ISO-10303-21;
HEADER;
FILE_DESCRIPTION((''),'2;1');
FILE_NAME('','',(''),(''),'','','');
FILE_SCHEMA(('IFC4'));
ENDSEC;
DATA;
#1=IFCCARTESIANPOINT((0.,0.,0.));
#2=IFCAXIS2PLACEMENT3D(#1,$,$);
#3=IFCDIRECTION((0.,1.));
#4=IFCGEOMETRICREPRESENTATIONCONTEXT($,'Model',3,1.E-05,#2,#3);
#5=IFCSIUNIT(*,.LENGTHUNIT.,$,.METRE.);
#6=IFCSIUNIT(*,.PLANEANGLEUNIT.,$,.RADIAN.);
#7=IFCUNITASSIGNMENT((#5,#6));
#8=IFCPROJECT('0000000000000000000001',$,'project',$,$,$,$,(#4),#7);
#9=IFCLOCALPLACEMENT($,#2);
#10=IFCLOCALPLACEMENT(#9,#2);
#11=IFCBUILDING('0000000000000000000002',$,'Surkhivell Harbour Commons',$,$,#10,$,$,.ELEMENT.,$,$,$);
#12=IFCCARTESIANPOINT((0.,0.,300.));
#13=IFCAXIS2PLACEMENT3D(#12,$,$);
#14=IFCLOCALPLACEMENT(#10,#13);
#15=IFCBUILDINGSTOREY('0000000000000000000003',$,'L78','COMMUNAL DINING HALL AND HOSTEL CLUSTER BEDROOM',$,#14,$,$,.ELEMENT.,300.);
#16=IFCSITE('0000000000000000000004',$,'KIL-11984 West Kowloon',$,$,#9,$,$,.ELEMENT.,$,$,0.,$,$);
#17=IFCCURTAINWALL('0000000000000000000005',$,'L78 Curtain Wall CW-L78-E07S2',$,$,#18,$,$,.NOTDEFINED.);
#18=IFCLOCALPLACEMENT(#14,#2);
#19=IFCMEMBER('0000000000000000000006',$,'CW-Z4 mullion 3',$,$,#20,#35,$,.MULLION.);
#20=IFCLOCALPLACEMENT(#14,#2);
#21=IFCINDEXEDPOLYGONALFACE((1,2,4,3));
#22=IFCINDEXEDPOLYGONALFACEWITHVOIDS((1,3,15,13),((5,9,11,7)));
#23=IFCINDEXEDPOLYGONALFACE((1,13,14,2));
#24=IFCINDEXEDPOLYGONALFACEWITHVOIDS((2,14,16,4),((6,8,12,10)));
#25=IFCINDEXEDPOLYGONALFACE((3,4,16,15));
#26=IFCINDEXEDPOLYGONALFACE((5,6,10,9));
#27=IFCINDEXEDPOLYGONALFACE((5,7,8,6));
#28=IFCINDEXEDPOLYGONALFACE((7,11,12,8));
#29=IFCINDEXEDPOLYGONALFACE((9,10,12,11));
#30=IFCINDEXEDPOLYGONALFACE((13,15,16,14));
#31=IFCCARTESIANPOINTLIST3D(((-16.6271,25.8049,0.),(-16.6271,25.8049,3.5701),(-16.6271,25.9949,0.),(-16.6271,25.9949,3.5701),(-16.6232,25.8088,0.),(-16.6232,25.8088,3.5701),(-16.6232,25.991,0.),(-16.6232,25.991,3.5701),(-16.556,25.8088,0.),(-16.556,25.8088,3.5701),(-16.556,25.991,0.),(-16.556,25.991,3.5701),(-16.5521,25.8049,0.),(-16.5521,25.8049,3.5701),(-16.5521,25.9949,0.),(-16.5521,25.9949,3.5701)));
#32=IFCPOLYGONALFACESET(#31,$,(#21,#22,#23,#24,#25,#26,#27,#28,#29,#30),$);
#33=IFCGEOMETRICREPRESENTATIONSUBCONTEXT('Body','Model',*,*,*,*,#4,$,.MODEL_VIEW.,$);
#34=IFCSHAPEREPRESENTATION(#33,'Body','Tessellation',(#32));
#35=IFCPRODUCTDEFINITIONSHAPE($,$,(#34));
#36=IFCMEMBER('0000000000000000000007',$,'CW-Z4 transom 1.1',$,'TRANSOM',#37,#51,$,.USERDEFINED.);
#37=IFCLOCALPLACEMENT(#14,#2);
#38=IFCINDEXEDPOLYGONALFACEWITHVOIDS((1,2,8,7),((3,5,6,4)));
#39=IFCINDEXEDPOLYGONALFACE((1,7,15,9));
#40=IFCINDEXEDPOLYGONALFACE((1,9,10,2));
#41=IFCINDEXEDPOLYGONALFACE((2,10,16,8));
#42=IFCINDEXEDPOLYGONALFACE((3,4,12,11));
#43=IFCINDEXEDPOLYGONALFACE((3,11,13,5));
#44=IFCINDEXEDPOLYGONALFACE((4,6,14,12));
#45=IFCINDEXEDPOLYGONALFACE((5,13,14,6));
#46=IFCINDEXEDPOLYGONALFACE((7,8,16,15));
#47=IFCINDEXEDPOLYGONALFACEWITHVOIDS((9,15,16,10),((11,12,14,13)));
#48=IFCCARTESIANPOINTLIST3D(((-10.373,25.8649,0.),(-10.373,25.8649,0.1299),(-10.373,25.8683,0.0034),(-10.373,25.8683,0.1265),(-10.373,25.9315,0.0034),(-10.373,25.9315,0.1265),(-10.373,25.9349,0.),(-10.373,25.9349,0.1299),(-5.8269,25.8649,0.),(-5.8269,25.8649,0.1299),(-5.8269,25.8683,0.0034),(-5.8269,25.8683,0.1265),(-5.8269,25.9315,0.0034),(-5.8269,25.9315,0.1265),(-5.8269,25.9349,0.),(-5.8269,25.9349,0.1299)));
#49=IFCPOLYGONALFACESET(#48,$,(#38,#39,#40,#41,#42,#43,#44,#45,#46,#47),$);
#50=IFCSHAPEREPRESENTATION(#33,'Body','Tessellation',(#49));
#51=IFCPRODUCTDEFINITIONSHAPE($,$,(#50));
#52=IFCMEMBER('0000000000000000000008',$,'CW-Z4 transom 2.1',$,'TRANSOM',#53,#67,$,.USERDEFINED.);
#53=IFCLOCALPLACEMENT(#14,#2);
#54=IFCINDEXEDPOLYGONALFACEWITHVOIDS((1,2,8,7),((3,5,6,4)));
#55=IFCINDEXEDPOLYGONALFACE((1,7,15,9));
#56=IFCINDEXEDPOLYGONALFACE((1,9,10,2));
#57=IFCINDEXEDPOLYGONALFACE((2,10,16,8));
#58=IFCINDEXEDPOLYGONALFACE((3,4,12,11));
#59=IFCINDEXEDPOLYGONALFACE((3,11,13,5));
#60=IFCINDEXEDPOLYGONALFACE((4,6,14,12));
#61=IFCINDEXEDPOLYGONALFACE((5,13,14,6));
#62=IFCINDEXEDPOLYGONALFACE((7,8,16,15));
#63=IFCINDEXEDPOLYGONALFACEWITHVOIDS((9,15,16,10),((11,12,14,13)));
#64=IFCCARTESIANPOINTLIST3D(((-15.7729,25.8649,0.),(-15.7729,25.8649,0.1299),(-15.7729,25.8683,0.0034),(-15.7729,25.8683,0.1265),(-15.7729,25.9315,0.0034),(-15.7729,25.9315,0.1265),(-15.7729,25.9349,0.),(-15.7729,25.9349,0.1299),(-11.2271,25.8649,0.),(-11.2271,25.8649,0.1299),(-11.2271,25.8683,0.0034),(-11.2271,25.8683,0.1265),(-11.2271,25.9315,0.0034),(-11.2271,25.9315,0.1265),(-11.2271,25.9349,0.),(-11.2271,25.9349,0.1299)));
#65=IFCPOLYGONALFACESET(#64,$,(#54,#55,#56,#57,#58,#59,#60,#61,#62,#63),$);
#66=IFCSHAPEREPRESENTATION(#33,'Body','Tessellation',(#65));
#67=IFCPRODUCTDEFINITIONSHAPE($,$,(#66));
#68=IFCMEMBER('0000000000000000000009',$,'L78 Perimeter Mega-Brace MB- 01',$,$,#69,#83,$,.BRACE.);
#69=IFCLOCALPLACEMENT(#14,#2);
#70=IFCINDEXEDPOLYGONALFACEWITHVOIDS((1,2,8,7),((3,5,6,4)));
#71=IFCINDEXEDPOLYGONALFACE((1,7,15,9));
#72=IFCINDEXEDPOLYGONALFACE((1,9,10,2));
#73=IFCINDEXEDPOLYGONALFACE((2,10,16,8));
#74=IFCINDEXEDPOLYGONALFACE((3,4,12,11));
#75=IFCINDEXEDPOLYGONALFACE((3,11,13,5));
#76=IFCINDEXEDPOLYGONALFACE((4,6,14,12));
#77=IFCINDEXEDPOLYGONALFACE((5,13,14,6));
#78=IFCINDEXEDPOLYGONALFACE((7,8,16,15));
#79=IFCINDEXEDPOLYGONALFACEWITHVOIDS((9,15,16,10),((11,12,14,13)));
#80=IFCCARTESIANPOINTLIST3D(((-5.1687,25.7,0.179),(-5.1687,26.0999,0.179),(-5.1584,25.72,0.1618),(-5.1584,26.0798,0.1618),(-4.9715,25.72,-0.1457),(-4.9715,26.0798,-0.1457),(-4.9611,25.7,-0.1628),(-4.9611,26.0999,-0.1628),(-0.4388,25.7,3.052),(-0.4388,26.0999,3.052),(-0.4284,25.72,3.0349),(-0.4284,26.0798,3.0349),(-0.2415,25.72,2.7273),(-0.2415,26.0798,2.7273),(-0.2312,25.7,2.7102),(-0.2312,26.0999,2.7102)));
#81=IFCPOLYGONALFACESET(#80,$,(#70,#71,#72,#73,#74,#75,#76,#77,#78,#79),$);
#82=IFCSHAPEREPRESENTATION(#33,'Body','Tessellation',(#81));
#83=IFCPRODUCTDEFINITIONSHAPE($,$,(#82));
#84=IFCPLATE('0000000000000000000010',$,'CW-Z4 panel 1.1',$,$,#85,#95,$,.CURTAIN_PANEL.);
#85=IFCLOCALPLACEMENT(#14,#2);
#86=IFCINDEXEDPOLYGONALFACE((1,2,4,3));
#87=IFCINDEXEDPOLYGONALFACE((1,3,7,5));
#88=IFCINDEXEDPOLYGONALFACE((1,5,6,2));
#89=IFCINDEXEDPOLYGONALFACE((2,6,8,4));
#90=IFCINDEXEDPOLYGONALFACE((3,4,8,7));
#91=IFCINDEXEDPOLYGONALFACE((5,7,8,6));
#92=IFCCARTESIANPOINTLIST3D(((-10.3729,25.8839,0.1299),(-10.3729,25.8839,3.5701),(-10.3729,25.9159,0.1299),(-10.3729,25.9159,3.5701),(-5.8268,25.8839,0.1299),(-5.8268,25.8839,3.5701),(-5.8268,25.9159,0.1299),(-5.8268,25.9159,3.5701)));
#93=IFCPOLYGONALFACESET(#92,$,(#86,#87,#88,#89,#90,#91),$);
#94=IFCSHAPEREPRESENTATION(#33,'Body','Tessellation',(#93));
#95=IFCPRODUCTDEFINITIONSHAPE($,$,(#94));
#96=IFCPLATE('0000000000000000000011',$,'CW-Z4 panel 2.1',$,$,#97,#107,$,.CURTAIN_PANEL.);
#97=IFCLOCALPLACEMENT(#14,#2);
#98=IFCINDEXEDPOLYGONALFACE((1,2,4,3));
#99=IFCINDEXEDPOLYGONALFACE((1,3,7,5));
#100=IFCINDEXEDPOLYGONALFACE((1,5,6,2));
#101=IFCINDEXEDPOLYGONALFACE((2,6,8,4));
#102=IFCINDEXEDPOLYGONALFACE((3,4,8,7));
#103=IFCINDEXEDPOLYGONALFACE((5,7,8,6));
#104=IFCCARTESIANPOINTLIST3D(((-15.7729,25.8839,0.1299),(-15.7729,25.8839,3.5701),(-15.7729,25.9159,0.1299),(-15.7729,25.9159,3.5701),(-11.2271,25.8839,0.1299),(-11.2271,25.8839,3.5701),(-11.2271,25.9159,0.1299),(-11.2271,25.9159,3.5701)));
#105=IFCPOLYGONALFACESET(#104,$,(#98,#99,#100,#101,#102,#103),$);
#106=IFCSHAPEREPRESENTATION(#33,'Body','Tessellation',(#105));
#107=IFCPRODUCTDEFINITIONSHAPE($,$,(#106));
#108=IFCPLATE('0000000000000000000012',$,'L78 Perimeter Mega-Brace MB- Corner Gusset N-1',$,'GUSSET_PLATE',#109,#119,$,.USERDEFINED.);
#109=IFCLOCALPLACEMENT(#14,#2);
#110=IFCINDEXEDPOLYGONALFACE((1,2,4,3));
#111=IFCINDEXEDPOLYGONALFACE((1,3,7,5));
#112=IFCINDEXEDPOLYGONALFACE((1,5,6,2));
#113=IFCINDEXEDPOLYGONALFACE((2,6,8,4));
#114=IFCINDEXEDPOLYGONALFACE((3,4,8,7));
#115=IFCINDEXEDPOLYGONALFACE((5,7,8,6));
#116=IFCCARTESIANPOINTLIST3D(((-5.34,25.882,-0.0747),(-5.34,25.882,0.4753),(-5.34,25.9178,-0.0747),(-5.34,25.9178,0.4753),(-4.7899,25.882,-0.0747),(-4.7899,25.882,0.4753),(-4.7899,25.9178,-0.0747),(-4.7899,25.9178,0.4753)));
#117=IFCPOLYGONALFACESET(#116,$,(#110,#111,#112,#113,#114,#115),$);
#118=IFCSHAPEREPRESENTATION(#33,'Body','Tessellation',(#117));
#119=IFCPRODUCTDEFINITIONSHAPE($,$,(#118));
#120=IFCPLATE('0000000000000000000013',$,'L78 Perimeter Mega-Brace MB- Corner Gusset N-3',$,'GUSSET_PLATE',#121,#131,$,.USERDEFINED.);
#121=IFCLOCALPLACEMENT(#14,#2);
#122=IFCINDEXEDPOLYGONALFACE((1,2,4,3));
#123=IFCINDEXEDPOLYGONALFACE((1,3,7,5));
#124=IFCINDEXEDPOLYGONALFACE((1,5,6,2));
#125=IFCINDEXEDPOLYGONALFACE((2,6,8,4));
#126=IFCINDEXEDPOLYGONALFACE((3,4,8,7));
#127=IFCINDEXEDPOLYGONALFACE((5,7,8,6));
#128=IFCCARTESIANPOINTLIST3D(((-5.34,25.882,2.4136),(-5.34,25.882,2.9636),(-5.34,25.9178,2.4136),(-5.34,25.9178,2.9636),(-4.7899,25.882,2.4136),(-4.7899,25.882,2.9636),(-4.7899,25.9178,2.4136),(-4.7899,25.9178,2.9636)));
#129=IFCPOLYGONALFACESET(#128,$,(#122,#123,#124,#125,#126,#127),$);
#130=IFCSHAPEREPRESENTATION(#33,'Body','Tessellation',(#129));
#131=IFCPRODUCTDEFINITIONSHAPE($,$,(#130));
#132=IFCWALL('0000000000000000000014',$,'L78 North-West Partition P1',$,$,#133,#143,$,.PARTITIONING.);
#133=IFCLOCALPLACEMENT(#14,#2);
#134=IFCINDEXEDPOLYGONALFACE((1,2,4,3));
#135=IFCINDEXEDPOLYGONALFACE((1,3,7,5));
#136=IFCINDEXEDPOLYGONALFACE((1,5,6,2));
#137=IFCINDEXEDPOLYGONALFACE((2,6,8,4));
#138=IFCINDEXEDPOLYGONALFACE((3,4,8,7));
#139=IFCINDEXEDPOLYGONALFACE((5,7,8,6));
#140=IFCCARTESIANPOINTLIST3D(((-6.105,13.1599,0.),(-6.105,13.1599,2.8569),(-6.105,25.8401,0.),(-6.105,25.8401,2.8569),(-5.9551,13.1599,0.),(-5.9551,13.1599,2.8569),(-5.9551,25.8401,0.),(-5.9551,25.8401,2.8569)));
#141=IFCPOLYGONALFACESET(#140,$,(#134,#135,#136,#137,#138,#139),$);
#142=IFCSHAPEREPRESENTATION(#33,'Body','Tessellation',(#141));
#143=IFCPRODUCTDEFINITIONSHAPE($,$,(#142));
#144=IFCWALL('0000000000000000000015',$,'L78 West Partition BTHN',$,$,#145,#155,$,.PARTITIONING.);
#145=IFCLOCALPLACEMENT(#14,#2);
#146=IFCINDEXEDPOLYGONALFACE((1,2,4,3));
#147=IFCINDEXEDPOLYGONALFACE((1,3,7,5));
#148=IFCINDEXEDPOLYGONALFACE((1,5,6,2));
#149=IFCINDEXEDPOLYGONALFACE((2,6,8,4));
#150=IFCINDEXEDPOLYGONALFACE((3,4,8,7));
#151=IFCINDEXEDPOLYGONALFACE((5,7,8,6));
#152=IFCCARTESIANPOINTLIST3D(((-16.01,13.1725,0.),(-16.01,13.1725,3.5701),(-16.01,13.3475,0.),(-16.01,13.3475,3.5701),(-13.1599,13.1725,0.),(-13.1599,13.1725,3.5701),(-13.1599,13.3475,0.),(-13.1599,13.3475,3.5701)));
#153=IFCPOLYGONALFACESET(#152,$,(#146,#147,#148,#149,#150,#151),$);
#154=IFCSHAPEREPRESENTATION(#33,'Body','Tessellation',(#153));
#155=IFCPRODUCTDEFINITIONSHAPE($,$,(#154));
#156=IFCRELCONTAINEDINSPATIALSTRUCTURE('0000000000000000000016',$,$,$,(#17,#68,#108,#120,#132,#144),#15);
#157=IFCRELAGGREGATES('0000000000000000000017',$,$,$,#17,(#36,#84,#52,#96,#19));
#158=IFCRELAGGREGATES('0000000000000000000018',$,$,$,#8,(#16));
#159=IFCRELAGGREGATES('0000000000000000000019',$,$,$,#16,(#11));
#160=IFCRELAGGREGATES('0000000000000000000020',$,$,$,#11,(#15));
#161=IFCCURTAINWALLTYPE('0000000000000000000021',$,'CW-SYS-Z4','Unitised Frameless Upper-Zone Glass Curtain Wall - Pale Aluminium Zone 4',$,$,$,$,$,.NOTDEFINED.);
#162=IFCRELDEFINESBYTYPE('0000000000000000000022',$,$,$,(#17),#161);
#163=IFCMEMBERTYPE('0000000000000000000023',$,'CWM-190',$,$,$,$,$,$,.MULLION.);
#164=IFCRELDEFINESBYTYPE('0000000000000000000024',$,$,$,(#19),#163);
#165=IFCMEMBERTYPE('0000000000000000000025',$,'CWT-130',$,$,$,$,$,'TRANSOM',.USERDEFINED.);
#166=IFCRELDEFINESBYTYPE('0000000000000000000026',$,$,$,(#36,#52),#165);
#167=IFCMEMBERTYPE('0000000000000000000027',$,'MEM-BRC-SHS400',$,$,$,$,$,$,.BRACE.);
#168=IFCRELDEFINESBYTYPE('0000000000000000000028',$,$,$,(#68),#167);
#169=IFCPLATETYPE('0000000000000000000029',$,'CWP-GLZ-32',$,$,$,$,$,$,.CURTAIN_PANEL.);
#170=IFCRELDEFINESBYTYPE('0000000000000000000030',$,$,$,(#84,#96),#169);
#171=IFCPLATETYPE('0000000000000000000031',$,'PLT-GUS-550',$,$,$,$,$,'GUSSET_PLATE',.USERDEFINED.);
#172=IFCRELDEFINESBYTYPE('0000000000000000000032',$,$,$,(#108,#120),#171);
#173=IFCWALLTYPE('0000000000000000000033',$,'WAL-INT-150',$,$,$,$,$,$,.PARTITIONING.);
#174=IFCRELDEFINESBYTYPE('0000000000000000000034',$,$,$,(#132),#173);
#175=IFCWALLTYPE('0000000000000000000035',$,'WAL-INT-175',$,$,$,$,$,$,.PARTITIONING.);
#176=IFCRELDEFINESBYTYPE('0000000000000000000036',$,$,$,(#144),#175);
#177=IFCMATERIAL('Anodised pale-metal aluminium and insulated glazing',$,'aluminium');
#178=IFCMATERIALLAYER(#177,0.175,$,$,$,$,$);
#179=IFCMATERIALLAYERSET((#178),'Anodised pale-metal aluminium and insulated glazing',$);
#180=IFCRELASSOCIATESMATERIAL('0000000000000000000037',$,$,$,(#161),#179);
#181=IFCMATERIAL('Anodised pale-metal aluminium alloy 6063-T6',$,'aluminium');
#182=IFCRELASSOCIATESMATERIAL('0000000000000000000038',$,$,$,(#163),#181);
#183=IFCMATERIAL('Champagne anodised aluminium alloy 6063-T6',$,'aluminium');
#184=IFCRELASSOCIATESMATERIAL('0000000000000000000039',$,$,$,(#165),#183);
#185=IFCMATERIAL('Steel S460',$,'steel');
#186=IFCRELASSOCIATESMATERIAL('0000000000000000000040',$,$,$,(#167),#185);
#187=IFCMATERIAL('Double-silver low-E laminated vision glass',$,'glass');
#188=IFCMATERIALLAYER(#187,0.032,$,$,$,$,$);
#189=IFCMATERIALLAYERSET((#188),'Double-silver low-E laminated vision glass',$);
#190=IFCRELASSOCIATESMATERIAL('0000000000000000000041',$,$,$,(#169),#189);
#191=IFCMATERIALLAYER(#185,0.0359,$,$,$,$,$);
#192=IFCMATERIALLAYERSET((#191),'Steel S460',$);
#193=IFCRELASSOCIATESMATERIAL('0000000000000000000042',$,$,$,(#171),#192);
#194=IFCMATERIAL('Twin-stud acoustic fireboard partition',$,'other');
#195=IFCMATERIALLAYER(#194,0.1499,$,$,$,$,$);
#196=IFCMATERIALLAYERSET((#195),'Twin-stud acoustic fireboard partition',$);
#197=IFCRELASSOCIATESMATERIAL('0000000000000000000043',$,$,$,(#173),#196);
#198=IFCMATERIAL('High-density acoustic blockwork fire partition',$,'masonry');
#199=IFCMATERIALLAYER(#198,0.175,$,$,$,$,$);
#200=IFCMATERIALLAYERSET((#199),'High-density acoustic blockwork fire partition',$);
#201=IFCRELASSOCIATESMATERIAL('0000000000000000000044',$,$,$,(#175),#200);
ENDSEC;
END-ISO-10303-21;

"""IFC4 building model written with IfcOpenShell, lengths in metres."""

from ifc_helpers import new_model, si_unit, direction, frame, frame_2d, origin, origin_2d, place, context, subcontext, project, spatial, rectangle, hollow_rectangle, extrude, material, layer, layer_set, material_profile, profile_set, type_object, element, aggregate, save


model = new_model("IFC4")

# Units and contexts
model_context = context("Model", 3, precision=1e-05, world=origin(), true_north=direction((0.0, 1.0)))
body_context = subcontext(model_context, "Body", "Model", "MODEL_VIEW")
ifc_project = project(units=[si_unit("LENGTHUNIT", "METRE"), si_unit("PLANEANGLEUNIT", "RADIAN")], contexts=[model_context])

# Site, building, storey
site_placement = place(None, origin())
site = spatial("IfcSite", under=ifc_project, at=site_placement, Name="KIL-11984 West Kowloon", CompositionType="ELEMENT", RefElevation=0.0)
building_placement = place(site_placement, origin())
building = spatial("IfcBuilding", under=site, at=building_placement, Name="Surkhivell Harbour Commons", CompositionType="ELEMENT")
storey_placement = place(building_placement, frame((0.0, 0.0, 300.0)))
storey = spatial("IfcBuildingStorey", under=building, at=storey_placement, Name="L78", Description="COMMUNAL DINING HALL AND HOSTEL CLUSTER BEDROOM", CompositionType="ELEMENT", Elevation=300.0)

# Curtain wall, members
ifc_material_1 = material(Name="Anodised pale-metal aluminium and insulated glazing", Category="aluminium")
ifc_layer_1 = layer(ifc_material_1, 0.175)
ifc_layer_set_1 = layer_set([ifc_layer_1], Name="Anodised pale-metal aluminium and insulated glazing")
curtain_wall_type = type_object("IfcCurtainWallType", Name="CW-SYS-Z4", Description="Unitised Frameless Upper-Zone Glass Curtain Wall - Pale Aluminium Zone 4", PredefinedType="NOTDEFINED", material=ifc_layer_set_1)
curtain_wall_placement = place(storey_placement, origin())
curtain_wall = element("IfcCurtainWall", 1, at=curtain_wall_placement, inside=storey, type_object=curtain_wall_type, Name="L78 Curtain Wall CW-L78-E07S2", PredefinedType="NOTDEFINED")
ifc_material_2 = material(Name="Anodised pale-metal aluminium alloy 6063-T6", Category="aluminium")
ifc_material_profile_1 = material_profile(ifc_material_2, hollow_rectangle(XDim=0.075, YDim=0.1899, WallThickness=0.0039, at=origin_2d()), Name="ALU-MULL-75x190")
ifc_profile_set_1 = profile_set([ifc_material_profile_1], Name="Anodised pale-metal aluminium alloy 6063-T6")
member_type_1 = type_object("IfcMemberType", Name="CWM-190", PredefinedType="MULLION", material=ifc_profile_set_1)
member_1_placement = place(storey_placement, frame((-16.5896, 25.8999, 0.0), z_axis=(0.0, 0.0, 1.0), x_axis=(-1.0, 0.0, 0.0)))
member_1 = element("IfcMember", 2, at=member_1_placement, type_object=member_type_1, Name="CW-Z4 mullion 3", PredefinedType="MULLION", context=body_context, shape_type="SweptSolid", body=[
    extrude(hollow_rectangle(XDim=0.075, YDim=0.1899, WallThickness=0.0039, at=origin_2d()), origin(), (0.0, 0.0, 1.0), 3.5701),
])
ifc_material_3 = material(Name="Champagne anodised aluminium alloy 6063-T6", Category="aluminium")
ifc_material_profile_2 = material_profile(ifc_material_3, hollow_rectangle(XDim=0.0701, YDim=0.1299, WallThickness=0.0034, at=origin_2d()), Name="ALU-TRAN-70x130")
ifc_profile_set_2 = profile_set([ifc_material_profile_2], Name="Champagne anodised aluminium alloy 6063-T6")
member_type_2 = type_object("IfcMemberType", Name="CWT-130", ElementType="TRANSOM", PredefinedType="USERDEFINED", material=ifc_profile_set_2)
member_2_placement = place(storey_placement, frame((-5.8269, 25.8999, 0.0649), z_axis=(-1.0, 0.0, 0.0), x_axis=(0.0, -1.0, 0.0)))
member_2 = element("IfcMember", 3, at=member_2_placement, type_object=member_type_2, Name="CW-Z4 transom 1.1", ObjectType="TRANSOM", PredefinedType="USERDEFINED", context=body_context, shape_type="SweptSolid", body=[
    extrude(hollow_rectangle(XDim=0.0701, YDim=0.1299, WallThickness=0.0034, at=origin_2d()), origin(), (0.0, 0.0, 1.0), 4.5461),
])
member_3_placement = place(storey_placement, frame((-11.2271, 25.8999, 0.0649), z_axis=(-1.0, 0.0, 0.0), x_axis=(0.0, -1.0, 0.0)))
member_3 = element("IfcMember", 4, at=member_3_placement, type_object=member_type_2, Name="CW-Z4 transom 2.1", ObjectType="TRANSOM", PredefinedType="USERDEFINED", context=body_context, shape_type="SweptSolid", body=[
    extrude(hollow_rectangle(XDim=0.0701, YDim=0.1299, WallThickness=0.0034, at=origin_2d()), origin(), (0.0, 0.0, 1.0), 4.5459),
])

# Member
ifc_material_4 = material(Name="Steel S460", Category="steel")
ifc_material_profile_3 = material_profile(ifc_material_4, hollow_rectangle(XDim=0.3999, YDim=0.3999, WallThickness=0.02, at=origin_2d()), Name="SHS400x400x20")
ifc_profile_set_3 = profile_set([ifc_material_profile_3], Name="Steel S460")
member_type_3 = type_object("IfcMemberType", Name="MEM-BRC-SHS400", PredefinedType="BRACE", material=ifc_profile_set_3)
member_4_placement = place(storey_placement, frame((-5.0649, 25.8999, 0.0081), z_axis=(0.854685, 0.0, 0.519146), x_axis=(0.0, 1.0, 0.0)))
element("IfcMember", 5, at=member_4_placement, inside=storey, type_object=member_type_3, Name="L78 Perimeter Mega-Brace MB- 01", PredefinedType="BRACE", context=body_context, shape_type="SweptSolid", body=[
    extrude(hollow_rectangle(XDim=0.3999, YDim=0.3999, WallThickness=0.02, at=origin_2d()), origin(), (0.0, 0.0, 1.0), 5.5342),
])

# Plates
ifc_material_5 = material(Name="Double-silver low-E laminated vision glass", Category="glass")
ifc_layer_2 = layer(ifc_material_5, 0.032)
ifc_layer_set_2 = layer_set([ifc_layer_2], Name="Double-silver low-E laminated vision glass")
plate_type_1 = type_object("IfcPlateType", Name="CWP-GLZ-32", PredefinedType="CURTAIN_PANEL", material=ifc_layer_set_2)
plate_1_placement = place(storey_placement, frame((-5.8269, 25.8999, 0.1299), z_axis=(0.0, 0.0, 1.0), x_axis=(-1.0, 0.0, 0.0)))
plate_1 = element("IfcPlate", 6, at=plate_1_placement, type_object=plate_type_1, Name="CW-Z4 panel 1.1", PredefinedType="CURTAIN_PANEL", context=body_context, shape_type="SweptSolid", body=[
    extrude(rectangle(XDim=4.5461, YDim=0.032, at=frame_2d((2.2729, 0.0))), origin(), (0.0, 0.0, 1.0), 3.4402),
])
plate_2_placement = place(storey_placement, frame((-11.2271, 25.8999, 0.1299), z_axis=(0.0, 0.0, 1.0), x_axis=(-1.0, 0.0, 0.0)))
plate_2 = element("IfcPlate", 7, at=plate_2_placement, type_object=plate_type_1, Name="CW-Z4 panel 2.1", PredefinedType="CURTAIN_PANEL", context=body_context, shape_type="SweptSolid", body=[
    extrude(rectangle(XDim=4.5459, YDim=0.032, at=frame_2d((2.2729, 0.0))), origin(), (0.0, 0.0, 1.0), 3.4402),
])
aggregate(curtain_wall, [member_2, plate_1, member_3, plate_2, member_1])

# Plates
ifc_layer_3 = layer(ifc_material_4, 0.0359)
ifc_layer_set_3 = layer_set([ifc_layer_3], Name="Steel S460")
plate_type_2 = type_object("IfcPlateType", Name="PLT-GUS-550", ElementType="GUSSET_PLATE", PredefinedType="USERDEFINED", material=ifc_layer_set_3)
for number, where, z_axis, x_axis, name in (
    (8, (-5.0649, 25.8999, -0.0747), (0.0, 0.0, 1.0), (1.0, 0.0, 0.0), "L78 Perimeter Mega-Brace MB- Corner Gusset N-1"),
    (9, (-5.0649, 25.8999, 2.4136), (0.0, 0.0, 1.0), (1.0, 0.0, 0.0), "L78 Perimeter Mega-Brace MB- Corner Gusset N-3"),
):
    element("IfcPlate", number, at=place(storey_placement, frame(where, z_axis=z_axis, x_axis=x_axis)), inside=storey, type_object=plate_type_2, Name=name, ObjectType="GUSSET_PLATE", PredefinedType="USERDEFINED", context=body_context, shape_type="SweptSolid", body=[
        extrude(rectangle(XDim=0.55, YDim=0.0359, at=origin_2d()), origin(), (0.0, 0.0, 1.0), 0.55),
    ])

# Walls
ifc_material_6 = material(Name="Twin-stud acoustic fireboard partition", Category="other")
ifc_layer_4 = layer(ifc_material_6, 0.1499)
ifc_layer_set_4 = layer_set([ifc_layer_4], Name="Twin-stud acoustic fireboard partition")
wall_type_1 = type_object("IfcWallType", Name="WAL-INT-150", PredefinedType="PARTITIONING", material=ifc_layer_set_4)
wall_1_placement = place(storey_placement, frame((-6.03, 13.1599, 0.0), z_axis=(0.0, 0.0, 1.0), x_axis=(0.0, 1.0, 0.0)))
element("IfcWall", 10, at=wall_1_placement, inside=storey, type_object=wall_type_1, Name="L78 North-West Partition P1", PredefinedType="PARTITIONING", context=body_context, shape_type="SweptSolid", body=[
    extrude(rectangle(XDim=12.6802, YDim=0.1499, at=frame_2d((6.3401, 0.0))), origin(), (0.0, 0.0, 1.0), 2.8569),
])
ifc_material_7 = material(Name="High-density acoustic blockwork fire partition", Category="masonry")
ifc_layer_5 = layer(ifc_material_7, 0.175)
ifc_layer_set_5 = layer_set([ifc_layer_5], Name="High-density acoustic blockwork fire partition")
wall_type_2 = type_object("IfcWallType", Name="WAL-INT-175", PredefinedType="PARTITIONING", material=ifc_layer_set_5)
wall_2_placement = place(storey_placement, frame((-16.01, 13.26, 0.0), z_axis=(0.0, 0.0, 1.0), x_axis=(1.0, 0.0, 0.0)))
element("IfcWall", 11, at=wall_2_placement, inside=storey, type_object=wall_type_2, Name="L78 West Partition BTHN", PredefinedType="PARTITIONING", context=body_context, shape_type="SweptSolid", body=[
    extrude(rectangle(XDim=2.8501, YDim=0.175, at=frame_2d((1.425, 0.0))), origin(), (0.0, 0.0, 1.0), 3.5701),
])

save(model, "model.ifc")
